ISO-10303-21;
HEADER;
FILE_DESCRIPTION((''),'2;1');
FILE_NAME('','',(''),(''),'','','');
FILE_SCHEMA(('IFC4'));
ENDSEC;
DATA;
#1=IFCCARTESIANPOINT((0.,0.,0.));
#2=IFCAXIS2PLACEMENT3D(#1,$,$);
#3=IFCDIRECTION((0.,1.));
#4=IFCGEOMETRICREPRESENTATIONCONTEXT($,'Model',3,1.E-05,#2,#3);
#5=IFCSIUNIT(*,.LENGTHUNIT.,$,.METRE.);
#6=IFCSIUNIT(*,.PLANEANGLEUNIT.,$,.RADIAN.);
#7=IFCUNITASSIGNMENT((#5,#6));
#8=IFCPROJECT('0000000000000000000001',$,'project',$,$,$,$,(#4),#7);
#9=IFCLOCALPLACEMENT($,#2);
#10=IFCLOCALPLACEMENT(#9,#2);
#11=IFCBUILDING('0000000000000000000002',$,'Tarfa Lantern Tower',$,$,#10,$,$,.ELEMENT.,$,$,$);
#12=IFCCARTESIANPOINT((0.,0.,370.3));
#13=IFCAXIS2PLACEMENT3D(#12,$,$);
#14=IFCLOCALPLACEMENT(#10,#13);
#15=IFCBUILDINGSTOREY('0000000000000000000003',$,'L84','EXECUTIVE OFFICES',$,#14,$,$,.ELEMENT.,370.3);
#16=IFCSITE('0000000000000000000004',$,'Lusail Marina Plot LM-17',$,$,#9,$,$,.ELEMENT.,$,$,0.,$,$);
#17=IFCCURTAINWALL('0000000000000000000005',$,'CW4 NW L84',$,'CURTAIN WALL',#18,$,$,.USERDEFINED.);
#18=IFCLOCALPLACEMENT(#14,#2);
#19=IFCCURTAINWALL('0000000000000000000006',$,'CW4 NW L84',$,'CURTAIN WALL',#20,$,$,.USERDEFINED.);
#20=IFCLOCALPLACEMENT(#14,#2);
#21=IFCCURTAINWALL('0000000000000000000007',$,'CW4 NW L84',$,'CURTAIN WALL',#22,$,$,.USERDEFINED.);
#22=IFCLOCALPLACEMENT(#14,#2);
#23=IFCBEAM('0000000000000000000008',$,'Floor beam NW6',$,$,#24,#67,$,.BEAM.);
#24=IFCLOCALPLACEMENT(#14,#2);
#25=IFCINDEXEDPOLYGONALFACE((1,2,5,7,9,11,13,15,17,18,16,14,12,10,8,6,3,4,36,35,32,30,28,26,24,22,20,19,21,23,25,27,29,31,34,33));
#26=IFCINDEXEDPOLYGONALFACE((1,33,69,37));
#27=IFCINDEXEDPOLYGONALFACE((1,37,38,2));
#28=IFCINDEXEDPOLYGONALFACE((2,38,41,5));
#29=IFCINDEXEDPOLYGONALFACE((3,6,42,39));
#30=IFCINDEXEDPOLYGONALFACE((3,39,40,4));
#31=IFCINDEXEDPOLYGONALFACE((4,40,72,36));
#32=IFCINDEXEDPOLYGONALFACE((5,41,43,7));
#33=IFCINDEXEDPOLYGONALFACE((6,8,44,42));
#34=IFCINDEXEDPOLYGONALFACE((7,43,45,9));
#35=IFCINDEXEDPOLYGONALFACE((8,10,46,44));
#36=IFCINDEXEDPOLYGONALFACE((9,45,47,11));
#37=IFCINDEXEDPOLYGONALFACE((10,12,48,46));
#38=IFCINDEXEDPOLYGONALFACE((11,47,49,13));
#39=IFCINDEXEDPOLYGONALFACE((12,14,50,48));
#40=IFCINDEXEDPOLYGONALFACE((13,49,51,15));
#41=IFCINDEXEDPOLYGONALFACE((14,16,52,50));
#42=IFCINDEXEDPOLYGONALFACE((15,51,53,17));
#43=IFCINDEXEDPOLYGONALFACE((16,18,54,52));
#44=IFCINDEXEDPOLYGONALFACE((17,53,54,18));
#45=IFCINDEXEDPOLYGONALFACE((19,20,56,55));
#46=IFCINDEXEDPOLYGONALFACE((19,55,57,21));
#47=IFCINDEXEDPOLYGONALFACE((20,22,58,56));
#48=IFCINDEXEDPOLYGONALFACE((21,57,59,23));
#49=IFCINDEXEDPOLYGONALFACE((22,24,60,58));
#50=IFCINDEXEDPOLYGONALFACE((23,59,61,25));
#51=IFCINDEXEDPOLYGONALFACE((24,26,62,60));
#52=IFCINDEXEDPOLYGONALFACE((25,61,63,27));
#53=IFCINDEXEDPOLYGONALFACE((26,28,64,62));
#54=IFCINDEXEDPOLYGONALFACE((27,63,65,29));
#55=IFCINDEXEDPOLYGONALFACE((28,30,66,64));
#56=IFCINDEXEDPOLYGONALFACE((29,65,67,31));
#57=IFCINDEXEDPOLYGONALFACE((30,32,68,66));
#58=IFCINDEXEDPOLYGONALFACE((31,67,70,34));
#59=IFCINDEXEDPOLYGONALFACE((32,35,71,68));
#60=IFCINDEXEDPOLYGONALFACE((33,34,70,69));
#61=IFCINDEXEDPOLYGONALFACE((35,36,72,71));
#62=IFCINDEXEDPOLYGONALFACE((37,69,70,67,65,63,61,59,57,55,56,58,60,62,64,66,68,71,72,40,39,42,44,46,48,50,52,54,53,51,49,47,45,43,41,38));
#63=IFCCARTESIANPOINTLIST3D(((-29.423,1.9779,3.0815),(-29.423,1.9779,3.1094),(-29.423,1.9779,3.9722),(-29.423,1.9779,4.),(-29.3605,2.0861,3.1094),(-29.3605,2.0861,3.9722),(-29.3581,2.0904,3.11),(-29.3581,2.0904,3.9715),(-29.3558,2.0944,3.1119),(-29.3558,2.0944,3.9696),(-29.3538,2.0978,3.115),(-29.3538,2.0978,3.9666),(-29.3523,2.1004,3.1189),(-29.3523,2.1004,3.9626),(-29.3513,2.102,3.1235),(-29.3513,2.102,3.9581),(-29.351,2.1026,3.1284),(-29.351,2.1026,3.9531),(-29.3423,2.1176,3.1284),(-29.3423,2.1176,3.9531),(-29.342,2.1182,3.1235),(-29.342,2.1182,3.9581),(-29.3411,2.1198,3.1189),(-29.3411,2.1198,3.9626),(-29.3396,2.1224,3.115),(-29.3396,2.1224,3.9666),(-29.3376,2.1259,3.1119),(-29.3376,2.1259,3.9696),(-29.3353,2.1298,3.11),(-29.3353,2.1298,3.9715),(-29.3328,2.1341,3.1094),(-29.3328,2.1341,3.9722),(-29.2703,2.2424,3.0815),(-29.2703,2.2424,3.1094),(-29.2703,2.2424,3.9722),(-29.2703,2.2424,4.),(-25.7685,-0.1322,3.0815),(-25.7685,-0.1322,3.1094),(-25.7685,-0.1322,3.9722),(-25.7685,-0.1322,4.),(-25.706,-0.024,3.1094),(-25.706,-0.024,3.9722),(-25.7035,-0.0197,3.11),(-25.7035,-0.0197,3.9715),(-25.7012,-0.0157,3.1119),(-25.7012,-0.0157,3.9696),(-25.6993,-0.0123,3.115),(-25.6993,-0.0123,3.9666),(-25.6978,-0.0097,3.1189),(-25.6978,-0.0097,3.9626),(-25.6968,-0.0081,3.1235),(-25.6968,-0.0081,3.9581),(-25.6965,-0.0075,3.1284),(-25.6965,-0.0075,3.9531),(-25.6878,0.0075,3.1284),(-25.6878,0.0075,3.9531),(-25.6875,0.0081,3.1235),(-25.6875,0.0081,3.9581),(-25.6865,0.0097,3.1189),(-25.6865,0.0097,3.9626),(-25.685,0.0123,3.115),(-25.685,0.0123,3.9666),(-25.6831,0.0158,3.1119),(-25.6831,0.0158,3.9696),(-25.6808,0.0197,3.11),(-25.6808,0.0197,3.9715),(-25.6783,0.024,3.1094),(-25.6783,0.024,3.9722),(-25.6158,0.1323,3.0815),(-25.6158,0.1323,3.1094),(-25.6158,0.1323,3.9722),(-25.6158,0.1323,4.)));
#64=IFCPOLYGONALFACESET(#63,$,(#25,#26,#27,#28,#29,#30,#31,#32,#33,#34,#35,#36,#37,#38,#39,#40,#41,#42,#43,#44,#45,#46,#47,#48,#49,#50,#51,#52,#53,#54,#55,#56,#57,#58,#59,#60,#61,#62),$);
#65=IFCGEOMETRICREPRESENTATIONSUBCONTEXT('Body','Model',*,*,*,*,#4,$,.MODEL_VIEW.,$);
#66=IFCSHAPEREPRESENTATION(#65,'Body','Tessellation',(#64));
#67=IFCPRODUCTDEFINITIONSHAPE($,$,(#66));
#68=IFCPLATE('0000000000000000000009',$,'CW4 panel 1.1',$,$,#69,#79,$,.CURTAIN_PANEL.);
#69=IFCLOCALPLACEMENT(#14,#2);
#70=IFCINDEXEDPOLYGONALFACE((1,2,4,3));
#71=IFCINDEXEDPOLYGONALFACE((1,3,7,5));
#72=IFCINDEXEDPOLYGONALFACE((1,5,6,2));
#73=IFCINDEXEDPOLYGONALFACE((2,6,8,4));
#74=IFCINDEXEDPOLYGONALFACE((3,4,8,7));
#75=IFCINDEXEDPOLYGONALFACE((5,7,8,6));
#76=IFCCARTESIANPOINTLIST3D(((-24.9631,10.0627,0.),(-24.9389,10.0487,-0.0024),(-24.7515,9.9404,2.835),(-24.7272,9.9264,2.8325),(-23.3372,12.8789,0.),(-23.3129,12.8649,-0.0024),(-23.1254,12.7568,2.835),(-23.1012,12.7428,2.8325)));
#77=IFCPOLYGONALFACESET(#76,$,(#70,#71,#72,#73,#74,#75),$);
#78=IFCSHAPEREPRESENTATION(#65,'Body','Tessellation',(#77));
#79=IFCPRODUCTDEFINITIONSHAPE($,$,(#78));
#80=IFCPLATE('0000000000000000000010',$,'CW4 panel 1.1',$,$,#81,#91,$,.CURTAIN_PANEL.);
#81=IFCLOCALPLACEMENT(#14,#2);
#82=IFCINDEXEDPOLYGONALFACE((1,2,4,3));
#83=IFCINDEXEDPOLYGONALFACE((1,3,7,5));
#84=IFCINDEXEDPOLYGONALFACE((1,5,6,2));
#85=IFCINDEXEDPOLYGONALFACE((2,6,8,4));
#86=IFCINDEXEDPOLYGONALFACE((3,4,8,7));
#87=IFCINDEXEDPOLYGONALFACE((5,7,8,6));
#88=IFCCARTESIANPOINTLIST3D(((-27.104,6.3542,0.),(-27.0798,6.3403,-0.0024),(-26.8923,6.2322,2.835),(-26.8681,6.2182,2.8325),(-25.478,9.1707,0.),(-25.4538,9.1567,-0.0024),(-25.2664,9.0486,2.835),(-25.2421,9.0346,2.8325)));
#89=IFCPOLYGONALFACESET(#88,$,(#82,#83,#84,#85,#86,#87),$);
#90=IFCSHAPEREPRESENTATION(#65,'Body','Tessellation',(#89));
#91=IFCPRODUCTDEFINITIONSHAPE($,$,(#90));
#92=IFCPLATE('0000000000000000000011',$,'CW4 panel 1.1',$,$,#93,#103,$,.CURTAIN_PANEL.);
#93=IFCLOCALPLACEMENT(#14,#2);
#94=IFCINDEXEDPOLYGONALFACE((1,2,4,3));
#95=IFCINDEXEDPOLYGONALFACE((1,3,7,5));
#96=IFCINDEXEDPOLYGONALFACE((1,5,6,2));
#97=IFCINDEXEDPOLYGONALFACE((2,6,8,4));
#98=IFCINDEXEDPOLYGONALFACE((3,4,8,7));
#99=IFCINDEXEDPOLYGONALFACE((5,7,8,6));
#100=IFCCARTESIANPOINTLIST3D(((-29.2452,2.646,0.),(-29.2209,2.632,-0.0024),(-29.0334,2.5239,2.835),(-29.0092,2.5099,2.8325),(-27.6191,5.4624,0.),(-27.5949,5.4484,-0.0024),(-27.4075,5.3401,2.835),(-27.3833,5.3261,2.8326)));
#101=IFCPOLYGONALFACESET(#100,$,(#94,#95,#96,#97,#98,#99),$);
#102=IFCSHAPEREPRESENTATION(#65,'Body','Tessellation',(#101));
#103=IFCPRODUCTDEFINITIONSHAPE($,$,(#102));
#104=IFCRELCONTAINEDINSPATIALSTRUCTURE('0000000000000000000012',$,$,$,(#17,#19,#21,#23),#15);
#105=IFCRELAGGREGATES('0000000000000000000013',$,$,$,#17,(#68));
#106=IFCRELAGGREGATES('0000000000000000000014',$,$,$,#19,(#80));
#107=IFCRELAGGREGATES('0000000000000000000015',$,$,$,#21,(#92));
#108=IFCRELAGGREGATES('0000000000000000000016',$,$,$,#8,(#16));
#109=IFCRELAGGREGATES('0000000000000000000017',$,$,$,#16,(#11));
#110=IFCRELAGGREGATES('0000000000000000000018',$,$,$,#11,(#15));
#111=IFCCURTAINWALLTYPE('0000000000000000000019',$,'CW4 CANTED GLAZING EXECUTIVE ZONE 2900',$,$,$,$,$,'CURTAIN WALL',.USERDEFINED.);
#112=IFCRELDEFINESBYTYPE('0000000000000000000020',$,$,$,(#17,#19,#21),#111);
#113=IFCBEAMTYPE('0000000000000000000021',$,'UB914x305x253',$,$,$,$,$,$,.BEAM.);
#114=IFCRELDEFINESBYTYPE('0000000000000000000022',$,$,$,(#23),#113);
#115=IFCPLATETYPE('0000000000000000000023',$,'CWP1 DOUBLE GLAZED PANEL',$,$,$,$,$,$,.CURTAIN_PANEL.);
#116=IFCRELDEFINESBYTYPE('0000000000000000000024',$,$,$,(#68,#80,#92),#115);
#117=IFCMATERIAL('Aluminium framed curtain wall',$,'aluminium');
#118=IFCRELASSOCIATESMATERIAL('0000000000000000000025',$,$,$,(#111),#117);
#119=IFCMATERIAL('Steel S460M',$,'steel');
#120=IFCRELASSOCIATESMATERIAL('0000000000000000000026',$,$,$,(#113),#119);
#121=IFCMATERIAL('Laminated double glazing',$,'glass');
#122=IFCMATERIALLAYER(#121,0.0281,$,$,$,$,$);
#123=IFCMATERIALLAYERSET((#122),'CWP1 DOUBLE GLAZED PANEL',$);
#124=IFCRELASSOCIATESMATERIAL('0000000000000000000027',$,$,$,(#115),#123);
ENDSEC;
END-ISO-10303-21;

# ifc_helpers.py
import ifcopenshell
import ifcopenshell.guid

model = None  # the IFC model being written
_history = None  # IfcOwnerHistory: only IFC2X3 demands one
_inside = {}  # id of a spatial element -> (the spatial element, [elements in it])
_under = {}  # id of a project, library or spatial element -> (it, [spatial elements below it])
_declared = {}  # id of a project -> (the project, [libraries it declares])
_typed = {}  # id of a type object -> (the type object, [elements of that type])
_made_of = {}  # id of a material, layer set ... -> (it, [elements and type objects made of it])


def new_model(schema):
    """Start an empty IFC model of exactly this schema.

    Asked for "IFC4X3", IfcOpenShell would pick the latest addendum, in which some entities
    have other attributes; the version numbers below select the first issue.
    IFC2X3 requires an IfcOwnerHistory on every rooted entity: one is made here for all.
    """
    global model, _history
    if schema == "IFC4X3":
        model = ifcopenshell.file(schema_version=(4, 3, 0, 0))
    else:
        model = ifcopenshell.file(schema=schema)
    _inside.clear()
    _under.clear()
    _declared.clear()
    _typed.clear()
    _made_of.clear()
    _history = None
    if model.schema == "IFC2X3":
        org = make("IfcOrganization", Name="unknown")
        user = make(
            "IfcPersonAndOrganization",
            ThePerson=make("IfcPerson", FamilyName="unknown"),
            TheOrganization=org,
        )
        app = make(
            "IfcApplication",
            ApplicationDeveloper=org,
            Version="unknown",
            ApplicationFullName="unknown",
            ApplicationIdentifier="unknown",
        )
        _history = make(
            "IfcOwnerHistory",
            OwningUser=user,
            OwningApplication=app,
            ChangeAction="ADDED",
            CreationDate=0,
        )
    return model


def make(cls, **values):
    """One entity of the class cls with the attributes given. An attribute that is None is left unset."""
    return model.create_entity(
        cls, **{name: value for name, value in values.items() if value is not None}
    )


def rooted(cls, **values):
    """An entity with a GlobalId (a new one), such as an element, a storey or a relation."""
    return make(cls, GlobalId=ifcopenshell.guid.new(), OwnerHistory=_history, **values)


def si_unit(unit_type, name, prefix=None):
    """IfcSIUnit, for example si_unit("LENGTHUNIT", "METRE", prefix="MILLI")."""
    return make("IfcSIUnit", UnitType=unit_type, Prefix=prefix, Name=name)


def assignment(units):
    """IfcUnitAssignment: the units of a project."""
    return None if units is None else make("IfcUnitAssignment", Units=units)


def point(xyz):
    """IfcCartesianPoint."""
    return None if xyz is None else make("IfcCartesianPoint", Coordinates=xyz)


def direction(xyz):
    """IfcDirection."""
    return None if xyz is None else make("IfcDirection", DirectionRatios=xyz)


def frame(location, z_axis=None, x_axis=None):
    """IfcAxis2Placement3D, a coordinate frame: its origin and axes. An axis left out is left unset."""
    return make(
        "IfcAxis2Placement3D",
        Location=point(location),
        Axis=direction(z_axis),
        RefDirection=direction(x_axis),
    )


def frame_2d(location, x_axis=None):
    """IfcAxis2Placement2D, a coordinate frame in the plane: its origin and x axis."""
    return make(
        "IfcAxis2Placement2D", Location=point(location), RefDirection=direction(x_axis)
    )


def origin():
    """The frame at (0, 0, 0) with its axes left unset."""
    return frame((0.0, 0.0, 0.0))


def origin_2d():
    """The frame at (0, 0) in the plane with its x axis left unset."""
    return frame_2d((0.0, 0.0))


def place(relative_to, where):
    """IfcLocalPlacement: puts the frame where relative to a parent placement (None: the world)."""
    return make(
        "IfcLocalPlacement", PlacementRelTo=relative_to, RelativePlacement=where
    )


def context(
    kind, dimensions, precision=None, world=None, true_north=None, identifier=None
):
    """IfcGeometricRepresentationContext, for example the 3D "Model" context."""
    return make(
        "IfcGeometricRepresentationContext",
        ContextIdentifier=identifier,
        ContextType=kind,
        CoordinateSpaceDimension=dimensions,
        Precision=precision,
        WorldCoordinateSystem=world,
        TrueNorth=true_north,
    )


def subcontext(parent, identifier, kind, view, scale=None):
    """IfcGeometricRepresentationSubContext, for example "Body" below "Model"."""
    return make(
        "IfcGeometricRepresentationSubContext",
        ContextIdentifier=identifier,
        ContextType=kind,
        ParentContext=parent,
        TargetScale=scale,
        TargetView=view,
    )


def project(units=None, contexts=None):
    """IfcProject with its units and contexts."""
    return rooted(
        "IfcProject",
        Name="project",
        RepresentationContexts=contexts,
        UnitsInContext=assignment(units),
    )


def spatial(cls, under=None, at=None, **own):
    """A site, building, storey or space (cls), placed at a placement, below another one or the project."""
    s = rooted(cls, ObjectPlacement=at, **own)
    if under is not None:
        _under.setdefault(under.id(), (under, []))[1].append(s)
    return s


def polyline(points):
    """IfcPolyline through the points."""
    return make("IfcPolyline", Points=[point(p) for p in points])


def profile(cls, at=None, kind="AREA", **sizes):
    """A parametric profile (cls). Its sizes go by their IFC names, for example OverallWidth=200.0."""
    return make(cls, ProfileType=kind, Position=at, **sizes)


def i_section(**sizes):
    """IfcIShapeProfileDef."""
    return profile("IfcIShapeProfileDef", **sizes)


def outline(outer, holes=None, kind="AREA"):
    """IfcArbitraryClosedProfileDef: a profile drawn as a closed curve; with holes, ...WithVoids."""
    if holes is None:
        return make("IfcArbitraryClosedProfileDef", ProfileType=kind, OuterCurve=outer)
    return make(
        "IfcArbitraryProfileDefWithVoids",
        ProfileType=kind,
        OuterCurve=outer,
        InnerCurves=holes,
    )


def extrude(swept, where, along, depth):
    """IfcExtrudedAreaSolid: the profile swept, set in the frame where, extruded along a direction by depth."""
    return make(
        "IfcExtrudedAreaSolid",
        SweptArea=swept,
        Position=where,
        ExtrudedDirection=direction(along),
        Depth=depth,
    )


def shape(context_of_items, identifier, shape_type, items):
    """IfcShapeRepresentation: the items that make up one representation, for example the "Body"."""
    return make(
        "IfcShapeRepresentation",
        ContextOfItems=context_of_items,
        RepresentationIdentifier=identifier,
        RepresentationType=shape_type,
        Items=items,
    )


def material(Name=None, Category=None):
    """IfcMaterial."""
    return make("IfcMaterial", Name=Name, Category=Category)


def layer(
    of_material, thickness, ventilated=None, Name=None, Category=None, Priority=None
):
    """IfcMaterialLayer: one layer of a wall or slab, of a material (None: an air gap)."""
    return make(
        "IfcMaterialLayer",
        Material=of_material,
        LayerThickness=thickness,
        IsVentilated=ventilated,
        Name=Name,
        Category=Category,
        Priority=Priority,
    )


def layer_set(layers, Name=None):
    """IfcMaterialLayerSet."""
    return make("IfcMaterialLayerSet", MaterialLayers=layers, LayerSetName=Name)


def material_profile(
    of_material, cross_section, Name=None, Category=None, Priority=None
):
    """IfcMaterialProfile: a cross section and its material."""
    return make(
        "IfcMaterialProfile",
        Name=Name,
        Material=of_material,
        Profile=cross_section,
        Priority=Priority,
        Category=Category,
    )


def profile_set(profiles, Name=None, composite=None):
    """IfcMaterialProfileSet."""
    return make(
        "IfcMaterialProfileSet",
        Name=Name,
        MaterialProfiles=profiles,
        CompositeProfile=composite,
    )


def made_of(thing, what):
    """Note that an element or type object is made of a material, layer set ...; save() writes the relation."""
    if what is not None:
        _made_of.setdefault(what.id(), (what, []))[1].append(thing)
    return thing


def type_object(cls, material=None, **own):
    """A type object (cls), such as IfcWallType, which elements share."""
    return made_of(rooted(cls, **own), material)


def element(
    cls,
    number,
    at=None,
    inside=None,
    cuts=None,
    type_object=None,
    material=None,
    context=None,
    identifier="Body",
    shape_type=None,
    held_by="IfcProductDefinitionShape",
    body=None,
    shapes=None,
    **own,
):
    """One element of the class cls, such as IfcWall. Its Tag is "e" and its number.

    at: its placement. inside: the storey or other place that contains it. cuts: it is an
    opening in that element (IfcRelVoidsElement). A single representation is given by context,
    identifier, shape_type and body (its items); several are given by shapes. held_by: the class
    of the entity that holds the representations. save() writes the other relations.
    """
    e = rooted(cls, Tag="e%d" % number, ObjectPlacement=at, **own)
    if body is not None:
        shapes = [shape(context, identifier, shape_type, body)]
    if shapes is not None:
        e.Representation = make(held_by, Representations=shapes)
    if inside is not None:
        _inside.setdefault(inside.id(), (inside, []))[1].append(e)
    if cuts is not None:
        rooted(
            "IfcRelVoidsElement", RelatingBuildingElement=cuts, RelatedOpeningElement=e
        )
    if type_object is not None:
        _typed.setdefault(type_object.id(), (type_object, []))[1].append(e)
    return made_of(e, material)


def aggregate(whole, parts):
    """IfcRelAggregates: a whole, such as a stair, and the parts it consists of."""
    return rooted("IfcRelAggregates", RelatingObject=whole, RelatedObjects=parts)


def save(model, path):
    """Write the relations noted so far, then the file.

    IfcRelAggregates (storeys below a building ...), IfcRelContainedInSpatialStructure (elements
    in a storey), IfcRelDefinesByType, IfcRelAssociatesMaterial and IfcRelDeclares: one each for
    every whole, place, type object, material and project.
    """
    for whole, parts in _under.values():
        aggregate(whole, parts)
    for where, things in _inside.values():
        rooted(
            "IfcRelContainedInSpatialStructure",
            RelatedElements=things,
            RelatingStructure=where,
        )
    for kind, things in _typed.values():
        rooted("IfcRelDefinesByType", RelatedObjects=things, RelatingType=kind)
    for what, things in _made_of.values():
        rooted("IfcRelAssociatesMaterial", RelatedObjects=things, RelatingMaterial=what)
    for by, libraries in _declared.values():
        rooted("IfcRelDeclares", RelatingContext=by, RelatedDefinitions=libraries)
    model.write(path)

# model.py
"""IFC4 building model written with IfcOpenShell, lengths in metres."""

from ifc_helpers import new_model, si_unit, direction, frame, origin, origin_2d, place, context, subcontext, project, spatial, polyline, i_section, outline, extrude, material, layer, layer_set, material_profile, profile_set, type_object, element, aggregate, save


model = new_model("IFC4")

# Units and contexts
model_context = context("Model", 3, precision=1e-05, world=origin(), true_north=direction((0.0, 1.0)))
body_context = subcontext(model_context, "Body", "Model", "MODEL_VIEW")
ifc_project = project(units=[si_unit("LENGTHUNIT", "METRE"), si_unit("PLANEANGLEUNIT", "RADIAN")], contexts=[model_context])

# Site, building, storey
site_placement = place(None, origin())
site = spatial("IfcSite", under=ifc_project, at=site_placement, Name="Lusail Marina Plot LM-17", CompositionType="ELEMENT", RefElevation=0.0)
building_placement = place(site_placement, origin())
building = spatial("IfcBuilding", under=site, at=building_placement, Name="Tarfa Lantern Tower", CompositionType="ELEMENT")
storey_placement = place(building_placement, frame((0.0, 0.0, 370.3)))
storey = spatial("IfcBuildingStorey", under=building, at=storey_placement, Name="L84", Description="EXECUTIVE OFFICES", CompositionType="ELEMENT", Elevation=370.3)

# Curtain walls
ifc_material_1 = material(Name="Aluminium framed curtain wall", Category="aluminium")
curtain_wall_type = type_object("IfcCurtainWallType", Name="CW4 CANTED GLAZING EXECUTIVE ZONE 2900", ElementType="CURTAIN WALL", PredefinedType="USERDEFINED", material=ifc_material_1)
curtain_wall_1_placement = place(storey_placement, origin())
curtain_wall_1 = element("IfcCurtainWall", 1, at=curtain_wall_1_placement, inside=storey, type_object=curtain_wall_type, Name="CW4 NW L84", ObjectType="CURTAIN WALL", PredefinedType="USERDEFINED")
curtain_wall_2_placement = place(storey_placement, origin())
curtain_wall_2 = element("IfcCurtainWall", 2, at=curtain_wall_2_placement, inside=storey, type_object=curtain_wall_type, Name="CW4 NW L84", ObjectType="CURTAIN WALL", PredefinedType="USERDEFINED")
curtain_wall_3_placement = place(storey_placement, origin())
curtain_wall_3 = element("IfcCurtainWall", 3, at=curtain_wall_3_placement, inside=storey, type_object=curtain_wall_type, Name="CW4 NW L84", ObjectType="CURTAIN WALL", PredefinedType="USERDEFINED")

# Beam
ifc_material_2 = material(Name="Steel S460M", Category="steel")
ifc_material_profile_1 = material_profile(ifc_material_2, i_section(OverallWidth=0.3054, OverallDepth=0.9185, WebThickness=0.0173, FlangeThickness=0.0278, FilletRadius=0.019, at=origin_2d()), Name="UB914x305x253")
ifc_profile_set_1 = profile_set([ifc_material_profile_1], Name="Steel S460M")
beam_type_1 = type_object("IfcBeamType", Name="UB914x305x253", PredefinedType="BEAM", material=ifc_profile_set_1)
beam_1_placement = place(storey_placement, frame((-29.3467, 2.1101, 3.5408), z_axis=(0.866009, -0.500028, 0.0), x_axis=(0.500028, 0.866009, 0.0)))
element("IfcBeam", 4, at=beam_1_placement, inside=storey, type_object=beam_type_1, Name="Floor beam NW6", PredefinedType="BEAM", context=body_context, shape_type="SweptSolid", body=[
    extrude(i_section(OverallWidth=0.3054, OverallDepth=0.9185, WebThickness=0.0173, FlangeThickness=0.0278, FilletRadius=0.019, at=origin_2d()), origin(), (0.0, 0.0, 1.0), 4.22),
])

# Plates
ifc_material_3 = material(Name="Laminated double glazing", Category="glass")
ifc_layer = layer(ifc_material_3, 0.0281)
ifc_layer_set = layer_set([ifc_layer], Name="CWP1 DOUBLE GLAZED PANEL")
plate_type = type_object("IfcPlateType", Name="CWP1 DOUBLE GLAZED PANEL", PredefinedType="CURTAIN_PANEL", material=ifc_layer_set)
plate_1_placement = place(storey_placement, frame((-23.3372, 12.8789, 0.0), z_axis=(-0.862826, 0.498151, 0.085893), x_axis=(-0.499999, -0.866026, -0.000002)))
plate_1 = element("IfcPlate", 5, at=plate_1_placement, type_object=plate_type, Name="CW4 panel 1.1", PredefinedType="CURTAIN_PANEL", context=body_context, shape_type="SweptSolid", body=[
    extrude(outline(polyline([(0.0, 0.0), (3.2519, 0.0), (3.2519, 2.8455), (-0.0001, 2.8455), (0.0, 0.0)])), origin(), (0.0, 0.0, -1.0), 0.0281),
])
aggregate(curtain_wall_1, [plate_1])
plate_2_placement = place(storey_placement, frame((-25.478, 9.1707, 0.0), z_axis=(-0.862837, 0.498136, 0.085872), x_axis=(-0.499982, -0.866036, 0.0)))
plate_2 = element("IfcPlate", 6, at=plate_2_placement, type_object=plate_type, Name="CW4 panel 1.1", PredefinedType="CURTAIN_PANEL", context=body_context, shape_type="SweptSolid", body=[
    extrude(outline(polyline([(0.0, 0.0), (3.2521, 0.0), (3.252, 2.8455), (-0.0001, 2.8455), (0.0, 0.0)])), origin(), (0.0, 0.0, -1.0), 0.0281),
])
aggregate(curtain_wall_2, [plate_2])
plate_3_placement = place(storey_placement, frame((-27.6191, 5.4624, 0.0), z_axis=(-0.862826, 0.498151, 0.085893), x_axis=(-0.499999, -0.866026, 0.000002)))
plate_3 = element("IfcPlate", 7, at=plate_3_placement, type_object=plate_type, Name="CW4 panel 1.1", PredefinedType="CURTAIN_PANEL", context=body_context, shape_type="SweptSolid", body=[
    extrude(outline(polyline([(0.0, 0.0), (3.2521, 0.0), (3.252, 2.8455), (0.0001, 2.8455), (0.0, 0.0)])), origin(), (0.0, 0.0, -1.0), 0.0281),
])
aggregate(curtain_wall_3, [plate_3])

save(model, "model.ifc")
